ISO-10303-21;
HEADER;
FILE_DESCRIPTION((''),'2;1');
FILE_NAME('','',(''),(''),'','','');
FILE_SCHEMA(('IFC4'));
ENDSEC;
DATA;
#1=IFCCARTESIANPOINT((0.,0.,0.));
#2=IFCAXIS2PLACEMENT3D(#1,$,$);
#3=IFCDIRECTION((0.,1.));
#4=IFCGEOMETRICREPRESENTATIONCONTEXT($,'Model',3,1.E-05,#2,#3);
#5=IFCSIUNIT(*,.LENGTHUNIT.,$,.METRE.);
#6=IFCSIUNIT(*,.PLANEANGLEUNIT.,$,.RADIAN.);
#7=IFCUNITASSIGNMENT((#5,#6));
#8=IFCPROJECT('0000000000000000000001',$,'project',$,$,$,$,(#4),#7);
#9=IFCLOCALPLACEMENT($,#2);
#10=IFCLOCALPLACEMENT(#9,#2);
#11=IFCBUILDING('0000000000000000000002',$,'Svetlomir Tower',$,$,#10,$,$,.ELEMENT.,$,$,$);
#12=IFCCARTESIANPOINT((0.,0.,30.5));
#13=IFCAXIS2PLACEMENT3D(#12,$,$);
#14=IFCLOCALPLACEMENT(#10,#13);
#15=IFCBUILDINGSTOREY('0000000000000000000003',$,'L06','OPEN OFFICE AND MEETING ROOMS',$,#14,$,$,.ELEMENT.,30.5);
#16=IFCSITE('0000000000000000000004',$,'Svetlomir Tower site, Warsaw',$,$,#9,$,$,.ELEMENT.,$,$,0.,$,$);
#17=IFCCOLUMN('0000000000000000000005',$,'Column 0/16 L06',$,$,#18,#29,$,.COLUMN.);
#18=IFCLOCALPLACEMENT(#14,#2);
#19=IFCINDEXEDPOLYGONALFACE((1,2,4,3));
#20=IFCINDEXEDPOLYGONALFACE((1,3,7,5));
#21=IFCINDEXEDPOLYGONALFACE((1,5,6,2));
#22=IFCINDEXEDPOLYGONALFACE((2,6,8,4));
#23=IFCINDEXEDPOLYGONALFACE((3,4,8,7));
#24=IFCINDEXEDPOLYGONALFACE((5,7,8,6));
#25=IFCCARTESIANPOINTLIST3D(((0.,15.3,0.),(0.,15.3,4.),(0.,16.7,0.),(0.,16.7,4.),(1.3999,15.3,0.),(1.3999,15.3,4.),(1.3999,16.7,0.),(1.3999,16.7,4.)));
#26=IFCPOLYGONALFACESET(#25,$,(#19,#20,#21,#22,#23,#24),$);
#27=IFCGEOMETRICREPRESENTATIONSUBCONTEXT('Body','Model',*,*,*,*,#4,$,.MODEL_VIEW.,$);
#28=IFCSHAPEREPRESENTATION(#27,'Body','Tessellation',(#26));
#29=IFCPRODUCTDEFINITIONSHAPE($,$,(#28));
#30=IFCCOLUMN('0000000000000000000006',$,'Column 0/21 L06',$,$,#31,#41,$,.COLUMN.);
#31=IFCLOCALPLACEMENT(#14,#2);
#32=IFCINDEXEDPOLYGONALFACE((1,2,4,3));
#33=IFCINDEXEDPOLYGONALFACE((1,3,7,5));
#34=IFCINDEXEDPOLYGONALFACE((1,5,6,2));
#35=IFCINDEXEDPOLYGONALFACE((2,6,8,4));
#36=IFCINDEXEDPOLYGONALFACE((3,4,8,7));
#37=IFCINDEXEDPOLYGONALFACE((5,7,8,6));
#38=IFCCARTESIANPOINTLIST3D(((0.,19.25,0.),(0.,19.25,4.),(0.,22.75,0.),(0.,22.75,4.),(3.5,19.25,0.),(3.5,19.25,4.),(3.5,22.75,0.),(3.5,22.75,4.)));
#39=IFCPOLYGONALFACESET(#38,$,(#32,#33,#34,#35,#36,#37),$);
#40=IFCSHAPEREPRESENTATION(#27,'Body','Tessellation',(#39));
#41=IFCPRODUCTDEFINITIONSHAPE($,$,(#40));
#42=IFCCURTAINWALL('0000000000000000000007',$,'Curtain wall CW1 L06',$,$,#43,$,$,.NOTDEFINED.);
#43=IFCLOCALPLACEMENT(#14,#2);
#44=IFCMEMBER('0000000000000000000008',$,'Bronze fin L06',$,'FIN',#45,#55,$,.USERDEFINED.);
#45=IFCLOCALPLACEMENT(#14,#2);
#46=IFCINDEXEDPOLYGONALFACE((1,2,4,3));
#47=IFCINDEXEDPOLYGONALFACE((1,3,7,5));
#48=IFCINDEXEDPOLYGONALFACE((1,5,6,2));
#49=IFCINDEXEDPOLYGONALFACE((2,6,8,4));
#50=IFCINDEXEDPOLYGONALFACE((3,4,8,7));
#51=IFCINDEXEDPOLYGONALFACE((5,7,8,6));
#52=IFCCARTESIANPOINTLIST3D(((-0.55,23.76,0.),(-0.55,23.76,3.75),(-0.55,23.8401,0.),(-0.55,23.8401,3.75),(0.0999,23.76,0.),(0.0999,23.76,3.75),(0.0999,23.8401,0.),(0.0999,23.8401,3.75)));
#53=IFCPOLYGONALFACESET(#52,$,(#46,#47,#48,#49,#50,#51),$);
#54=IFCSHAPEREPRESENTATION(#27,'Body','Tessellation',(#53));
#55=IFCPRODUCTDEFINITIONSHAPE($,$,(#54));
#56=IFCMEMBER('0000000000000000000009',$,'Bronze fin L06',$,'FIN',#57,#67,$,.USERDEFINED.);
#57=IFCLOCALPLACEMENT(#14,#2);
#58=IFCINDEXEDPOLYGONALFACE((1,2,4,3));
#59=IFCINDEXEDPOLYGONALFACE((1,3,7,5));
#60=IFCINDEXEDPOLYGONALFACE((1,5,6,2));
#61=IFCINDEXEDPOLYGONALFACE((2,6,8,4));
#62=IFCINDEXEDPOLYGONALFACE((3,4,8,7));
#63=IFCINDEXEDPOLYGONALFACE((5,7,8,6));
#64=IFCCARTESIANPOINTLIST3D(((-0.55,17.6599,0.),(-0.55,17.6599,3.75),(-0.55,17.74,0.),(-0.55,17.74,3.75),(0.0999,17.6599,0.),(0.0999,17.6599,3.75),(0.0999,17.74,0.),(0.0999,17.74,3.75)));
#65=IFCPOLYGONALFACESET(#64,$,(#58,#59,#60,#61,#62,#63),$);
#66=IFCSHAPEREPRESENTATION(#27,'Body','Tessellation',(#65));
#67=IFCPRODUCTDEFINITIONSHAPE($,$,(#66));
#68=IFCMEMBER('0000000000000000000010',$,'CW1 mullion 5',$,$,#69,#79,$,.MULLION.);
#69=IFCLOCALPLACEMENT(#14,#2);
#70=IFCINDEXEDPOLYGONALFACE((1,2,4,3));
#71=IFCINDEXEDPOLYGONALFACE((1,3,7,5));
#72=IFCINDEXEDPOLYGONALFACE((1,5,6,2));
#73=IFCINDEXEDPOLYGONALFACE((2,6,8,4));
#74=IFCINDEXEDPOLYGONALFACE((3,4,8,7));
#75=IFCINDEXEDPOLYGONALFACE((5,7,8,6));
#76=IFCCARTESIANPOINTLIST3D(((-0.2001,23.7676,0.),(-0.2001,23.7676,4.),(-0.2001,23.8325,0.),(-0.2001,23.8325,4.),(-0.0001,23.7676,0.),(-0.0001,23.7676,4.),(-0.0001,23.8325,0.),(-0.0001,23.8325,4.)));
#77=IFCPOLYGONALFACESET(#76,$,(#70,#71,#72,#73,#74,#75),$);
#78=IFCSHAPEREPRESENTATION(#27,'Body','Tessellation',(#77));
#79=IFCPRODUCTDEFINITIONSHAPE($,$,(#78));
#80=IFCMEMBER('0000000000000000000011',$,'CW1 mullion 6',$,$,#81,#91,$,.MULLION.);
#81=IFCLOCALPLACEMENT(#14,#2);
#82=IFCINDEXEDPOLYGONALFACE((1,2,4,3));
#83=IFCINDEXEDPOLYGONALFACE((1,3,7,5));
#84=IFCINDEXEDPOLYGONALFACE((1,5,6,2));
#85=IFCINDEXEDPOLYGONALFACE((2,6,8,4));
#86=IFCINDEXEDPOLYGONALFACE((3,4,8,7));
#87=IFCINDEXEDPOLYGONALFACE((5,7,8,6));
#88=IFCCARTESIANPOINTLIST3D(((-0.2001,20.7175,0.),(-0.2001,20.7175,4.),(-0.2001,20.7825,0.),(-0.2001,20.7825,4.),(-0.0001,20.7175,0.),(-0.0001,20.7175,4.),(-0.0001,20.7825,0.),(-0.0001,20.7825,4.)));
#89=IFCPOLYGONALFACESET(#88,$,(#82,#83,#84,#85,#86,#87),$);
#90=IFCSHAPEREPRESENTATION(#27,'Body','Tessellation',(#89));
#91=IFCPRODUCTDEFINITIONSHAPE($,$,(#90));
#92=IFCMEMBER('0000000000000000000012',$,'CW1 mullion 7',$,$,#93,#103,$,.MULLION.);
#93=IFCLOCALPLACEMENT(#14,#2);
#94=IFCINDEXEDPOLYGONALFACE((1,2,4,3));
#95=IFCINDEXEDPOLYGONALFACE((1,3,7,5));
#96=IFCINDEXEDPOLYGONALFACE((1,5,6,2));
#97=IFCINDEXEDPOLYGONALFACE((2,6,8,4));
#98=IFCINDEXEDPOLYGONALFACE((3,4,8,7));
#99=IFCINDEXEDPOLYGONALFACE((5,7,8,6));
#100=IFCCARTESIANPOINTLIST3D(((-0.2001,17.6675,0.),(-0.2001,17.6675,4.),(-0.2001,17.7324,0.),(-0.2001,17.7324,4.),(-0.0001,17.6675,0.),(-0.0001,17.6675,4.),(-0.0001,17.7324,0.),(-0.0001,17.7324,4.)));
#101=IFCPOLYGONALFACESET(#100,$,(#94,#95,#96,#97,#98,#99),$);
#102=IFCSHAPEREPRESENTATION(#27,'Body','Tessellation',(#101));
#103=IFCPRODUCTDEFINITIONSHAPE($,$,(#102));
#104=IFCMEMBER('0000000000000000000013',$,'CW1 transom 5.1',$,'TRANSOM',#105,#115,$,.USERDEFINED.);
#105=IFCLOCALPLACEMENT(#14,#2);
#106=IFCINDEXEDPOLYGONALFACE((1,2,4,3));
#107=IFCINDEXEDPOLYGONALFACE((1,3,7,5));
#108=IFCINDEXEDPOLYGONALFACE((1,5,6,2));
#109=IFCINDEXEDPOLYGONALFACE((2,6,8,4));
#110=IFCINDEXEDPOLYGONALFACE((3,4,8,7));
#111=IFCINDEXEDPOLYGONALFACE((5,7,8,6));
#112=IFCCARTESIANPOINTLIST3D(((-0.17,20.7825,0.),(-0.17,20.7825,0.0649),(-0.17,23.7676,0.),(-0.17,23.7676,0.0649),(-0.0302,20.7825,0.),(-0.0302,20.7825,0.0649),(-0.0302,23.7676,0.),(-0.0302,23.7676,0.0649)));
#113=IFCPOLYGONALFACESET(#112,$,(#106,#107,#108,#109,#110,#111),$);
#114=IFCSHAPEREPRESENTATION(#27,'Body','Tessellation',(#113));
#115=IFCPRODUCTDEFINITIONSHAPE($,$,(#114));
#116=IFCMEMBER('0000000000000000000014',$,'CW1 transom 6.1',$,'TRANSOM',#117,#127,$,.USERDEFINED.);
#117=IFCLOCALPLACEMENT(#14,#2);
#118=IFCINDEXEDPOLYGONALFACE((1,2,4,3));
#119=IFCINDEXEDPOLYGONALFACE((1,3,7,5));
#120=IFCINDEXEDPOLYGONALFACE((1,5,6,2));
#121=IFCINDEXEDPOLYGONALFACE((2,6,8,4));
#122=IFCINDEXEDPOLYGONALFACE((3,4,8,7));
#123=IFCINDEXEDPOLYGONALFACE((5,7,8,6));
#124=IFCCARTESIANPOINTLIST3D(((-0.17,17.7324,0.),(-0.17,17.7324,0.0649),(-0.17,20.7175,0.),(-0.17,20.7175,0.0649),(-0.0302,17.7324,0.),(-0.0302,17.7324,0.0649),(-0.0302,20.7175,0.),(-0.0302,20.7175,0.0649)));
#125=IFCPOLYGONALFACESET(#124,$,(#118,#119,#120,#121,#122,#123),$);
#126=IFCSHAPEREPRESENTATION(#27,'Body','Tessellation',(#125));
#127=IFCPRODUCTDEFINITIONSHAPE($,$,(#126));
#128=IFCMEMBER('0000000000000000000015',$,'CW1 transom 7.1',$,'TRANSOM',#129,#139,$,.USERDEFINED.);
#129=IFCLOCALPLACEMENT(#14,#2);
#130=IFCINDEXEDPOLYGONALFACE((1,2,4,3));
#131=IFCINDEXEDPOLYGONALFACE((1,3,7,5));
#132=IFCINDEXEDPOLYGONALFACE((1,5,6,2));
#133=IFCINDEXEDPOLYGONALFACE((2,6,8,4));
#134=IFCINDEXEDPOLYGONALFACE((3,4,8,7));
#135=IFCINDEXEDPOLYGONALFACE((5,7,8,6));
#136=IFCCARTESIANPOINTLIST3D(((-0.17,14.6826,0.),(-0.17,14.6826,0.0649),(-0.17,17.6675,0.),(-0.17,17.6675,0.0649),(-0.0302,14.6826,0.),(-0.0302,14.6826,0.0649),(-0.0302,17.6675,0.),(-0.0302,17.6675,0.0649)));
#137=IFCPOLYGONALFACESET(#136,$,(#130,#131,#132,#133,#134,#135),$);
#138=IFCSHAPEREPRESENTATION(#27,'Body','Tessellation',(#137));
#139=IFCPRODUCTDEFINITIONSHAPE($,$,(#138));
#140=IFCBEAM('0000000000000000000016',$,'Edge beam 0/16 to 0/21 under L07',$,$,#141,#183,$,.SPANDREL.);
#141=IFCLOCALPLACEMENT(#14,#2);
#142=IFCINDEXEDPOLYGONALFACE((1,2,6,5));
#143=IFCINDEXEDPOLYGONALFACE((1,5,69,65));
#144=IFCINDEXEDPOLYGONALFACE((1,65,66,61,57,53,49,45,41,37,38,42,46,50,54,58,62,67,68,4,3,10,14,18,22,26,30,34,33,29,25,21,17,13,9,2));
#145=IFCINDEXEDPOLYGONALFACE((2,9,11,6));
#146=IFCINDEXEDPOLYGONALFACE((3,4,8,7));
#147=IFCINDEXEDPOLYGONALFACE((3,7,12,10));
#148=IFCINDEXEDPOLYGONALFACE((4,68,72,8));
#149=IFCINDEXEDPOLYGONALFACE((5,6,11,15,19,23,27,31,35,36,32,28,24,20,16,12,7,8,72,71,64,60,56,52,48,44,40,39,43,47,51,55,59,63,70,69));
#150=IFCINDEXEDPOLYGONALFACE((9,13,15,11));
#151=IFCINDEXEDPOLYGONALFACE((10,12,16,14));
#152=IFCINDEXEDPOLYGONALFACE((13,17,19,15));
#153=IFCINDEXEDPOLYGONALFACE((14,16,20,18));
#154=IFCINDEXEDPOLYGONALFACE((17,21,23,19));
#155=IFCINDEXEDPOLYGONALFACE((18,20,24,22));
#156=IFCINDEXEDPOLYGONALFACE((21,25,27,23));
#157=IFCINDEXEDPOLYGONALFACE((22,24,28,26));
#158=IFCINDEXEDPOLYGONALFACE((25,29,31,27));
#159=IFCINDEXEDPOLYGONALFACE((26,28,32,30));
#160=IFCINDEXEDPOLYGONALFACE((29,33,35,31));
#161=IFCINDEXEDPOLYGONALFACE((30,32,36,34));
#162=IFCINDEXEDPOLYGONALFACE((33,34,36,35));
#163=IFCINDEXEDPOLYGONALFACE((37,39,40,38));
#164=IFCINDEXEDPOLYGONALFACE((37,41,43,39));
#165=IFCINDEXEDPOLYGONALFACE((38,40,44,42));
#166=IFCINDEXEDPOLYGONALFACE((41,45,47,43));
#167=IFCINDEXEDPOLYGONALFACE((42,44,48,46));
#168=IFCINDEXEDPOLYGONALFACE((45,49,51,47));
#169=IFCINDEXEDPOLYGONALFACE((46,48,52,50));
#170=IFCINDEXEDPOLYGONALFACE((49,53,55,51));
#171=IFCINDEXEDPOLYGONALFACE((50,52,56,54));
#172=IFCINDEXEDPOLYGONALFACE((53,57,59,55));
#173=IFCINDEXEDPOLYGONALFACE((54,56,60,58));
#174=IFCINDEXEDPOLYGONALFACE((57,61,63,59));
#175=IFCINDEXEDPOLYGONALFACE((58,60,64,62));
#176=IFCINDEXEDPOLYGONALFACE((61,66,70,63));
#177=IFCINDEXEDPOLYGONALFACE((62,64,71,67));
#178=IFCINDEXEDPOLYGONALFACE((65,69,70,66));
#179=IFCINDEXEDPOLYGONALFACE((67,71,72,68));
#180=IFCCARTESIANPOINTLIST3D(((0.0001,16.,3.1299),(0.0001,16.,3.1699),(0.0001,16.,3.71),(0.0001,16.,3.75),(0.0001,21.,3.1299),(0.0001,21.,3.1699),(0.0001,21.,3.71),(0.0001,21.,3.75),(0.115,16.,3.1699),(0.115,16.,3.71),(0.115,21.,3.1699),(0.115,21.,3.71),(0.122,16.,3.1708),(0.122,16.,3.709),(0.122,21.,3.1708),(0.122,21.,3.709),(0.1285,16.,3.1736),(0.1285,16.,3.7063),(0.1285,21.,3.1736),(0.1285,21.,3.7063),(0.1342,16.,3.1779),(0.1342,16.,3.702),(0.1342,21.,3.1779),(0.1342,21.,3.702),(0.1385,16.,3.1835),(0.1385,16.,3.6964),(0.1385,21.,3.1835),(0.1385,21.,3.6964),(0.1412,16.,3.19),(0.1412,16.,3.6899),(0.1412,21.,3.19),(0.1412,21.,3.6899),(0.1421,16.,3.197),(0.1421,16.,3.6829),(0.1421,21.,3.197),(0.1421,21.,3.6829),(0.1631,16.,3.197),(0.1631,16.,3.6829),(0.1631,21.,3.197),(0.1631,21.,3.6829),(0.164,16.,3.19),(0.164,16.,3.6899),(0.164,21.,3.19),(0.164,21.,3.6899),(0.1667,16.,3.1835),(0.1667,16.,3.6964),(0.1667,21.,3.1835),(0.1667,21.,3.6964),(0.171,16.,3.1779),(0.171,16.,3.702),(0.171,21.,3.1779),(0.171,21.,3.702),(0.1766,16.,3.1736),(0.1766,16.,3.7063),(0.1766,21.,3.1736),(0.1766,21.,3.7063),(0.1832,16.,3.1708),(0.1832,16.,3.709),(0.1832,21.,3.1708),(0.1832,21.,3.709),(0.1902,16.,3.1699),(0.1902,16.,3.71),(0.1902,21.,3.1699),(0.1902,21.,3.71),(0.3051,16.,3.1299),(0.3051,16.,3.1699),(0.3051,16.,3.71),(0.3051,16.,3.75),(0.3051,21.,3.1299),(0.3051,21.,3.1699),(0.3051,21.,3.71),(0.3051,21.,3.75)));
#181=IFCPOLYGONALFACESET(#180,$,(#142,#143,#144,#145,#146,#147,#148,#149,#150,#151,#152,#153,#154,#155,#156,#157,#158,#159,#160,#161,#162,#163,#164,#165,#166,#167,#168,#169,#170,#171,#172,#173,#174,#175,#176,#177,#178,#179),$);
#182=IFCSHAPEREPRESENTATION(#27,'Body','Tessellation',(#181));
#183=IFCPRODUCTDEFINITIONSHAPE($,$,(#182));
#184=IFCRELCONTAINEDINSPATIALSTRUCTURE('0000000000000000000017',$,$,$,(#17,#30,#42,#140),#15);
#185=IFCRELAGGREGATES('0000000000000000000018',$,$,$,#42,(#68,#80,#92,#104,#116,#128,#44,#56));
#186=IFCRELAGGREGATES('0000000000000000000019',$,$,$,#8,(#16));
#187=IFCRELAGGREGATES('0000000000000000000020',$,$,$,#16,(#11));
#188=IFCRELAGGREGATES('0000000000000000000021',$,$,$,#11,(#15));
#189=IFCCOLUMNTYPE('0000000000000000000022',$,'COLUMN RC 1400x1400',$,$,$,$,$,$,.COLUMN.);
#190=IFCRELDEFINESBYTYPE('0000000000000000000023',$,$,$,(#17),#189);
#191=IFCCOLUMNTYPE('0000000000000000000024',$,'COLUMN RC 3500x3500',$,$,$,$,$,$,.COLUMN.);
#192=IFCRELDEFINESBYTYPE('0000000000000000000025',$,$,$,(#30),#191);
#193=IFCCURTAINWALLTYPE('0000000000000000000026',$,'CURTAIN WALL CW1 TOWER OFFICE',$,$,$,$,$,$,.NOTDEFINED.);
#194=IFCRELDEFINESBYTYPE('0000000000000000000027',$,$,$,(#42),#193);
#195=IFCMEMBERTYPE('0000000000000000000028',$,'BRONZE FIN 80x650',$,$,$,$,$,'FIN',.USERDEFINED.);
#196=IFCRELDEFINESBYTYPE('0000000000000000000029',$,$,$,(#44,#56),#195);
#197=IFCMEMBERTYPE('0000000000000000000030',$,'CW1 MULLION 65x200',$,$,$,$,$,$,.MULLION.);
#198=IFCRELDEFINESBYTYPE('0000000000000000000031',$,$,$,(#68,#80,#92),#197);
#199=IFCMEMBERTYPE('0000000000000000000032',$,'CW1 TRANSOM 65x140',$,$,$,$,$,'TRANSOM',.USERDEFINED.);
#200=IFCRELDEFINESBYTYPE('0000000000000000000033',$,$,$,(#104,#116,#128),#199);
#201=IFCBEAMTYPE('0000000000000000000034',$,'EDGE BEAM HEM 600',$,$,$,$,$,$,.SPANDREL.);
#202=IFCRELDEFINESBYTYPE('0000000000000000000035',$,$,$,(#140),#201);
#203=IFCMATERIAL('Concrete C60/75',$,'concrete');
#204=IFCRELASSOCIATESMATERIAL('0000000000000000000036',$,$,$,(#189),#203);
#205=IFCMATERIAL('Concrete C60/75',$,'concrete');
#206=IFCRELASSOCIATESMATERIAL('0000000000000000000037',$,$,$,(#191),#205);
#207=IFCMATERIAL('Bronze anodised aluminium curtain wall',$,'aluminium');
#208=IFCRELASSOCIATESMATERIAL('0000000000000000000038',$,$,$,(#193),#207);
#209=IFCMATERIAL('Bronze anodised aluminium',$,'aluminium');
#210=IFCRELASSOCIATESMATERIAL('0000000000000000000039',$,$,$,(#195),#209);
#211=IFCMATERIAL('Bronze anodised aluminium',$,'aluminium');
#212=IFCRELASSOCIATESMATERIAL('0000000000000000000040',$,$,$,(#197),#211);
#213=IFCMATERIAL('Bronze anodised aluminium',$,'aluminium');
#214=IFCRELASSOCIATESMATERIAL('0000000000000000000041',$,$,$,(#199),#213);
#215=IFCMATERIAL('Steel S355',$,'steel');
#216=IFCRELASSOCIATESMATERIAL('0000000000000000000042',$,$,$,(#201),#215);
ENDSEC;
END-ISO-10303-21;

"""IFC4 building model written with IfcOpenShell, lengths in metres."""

from ifc_helpers import new_model, si_unit, direction, frame, origin, origin_2d, place, context, subcontext, project, spatial, rectangle, i_section, extrude, material, material_profile, profile_set, type_object, element, aggregate, save


model = new_model("IFC4")

# Units and contexts
model_context = context("Model", 3, precision=1e-05, world=origin(), true_north=direction((0.0, 1.0)))
body_context = subcontext(model_context, "Body", "Model", "MODEL_VIEW")
ifc_project = project(units=[si_unit("LENGTHUNIT", "METRE"), si_unit("PLANEANGLEUNIT", "RADIAN")], contexts=[model_context])

# Site, building, storey
site_placement = place(None, origin())
site = spatial("IfcSite", under=ifc_project, at=site_placement, Name="Svetlomir Tower site, Warsaw", CompositionType="ELEMENT", RefElevation=0.0)
building_placement = place(site_placement, origin())
building = spatial("IfcBuilding", under=site, at=building_placement, Name="Svetlomir Tower", CompositionType="ELEMENT")
storey_placement = place(building_placement, frame((0.0, 0.0, 30.5)))
storey = spatial("IfcBuildingStorey", under=building, at=storey_placement, Name="L06", Description="OPEN OFFICE AND MEETING ROOMS", CompositionType="ELEMENT", Elevation=30.5)

# Columns
ifc_material_1 = material(Name="Concrete C60/75", Category="concrete")
ifc_material_profile_1 = material_profile(ifc_material_1, rectangle(XDim=1.3999, YDim=1.3999, at=origin_2d()), Name="RC 1400x1400")
ifc_profile_set_1 = profile_set([ifc_material_profile_1], Name="Concrete C60/75")
column_type_1 = type_object("IfcColumnType", Name="COLUMN RC 1400x1400", PredefinedType="COLUMN", material=ifc_profile_set_1)
column_1_placement = place(storey_placement, frame((0.7, 16.0, 0.0), z_axis=(0.0, 0.0, 1.0), x_axis=(1.0, 0.0, 0.0)))
element("IfcColumn", 1, at=column_1_placement, inside=storey, type_object=column_type_1, Name="Column 0/16 L06", PredefinedType="COLUMN", context=body_context, shape_type="SweptSolid", body=[
    extrude(rectangle(XDim=1.3999, YDim=1.3999, at=origin_2d()), origin(), (0.0, 0.0, 1.0), 4.0),
])
ifc_material_2 = material(Name="Concrete C60/75", Category="concrete")
ifc_material_profile_2 = material_profile(ifc_material_2, rectangle(XDim=3.5, YDim=3.5, at=origin_2d()), Name="RC 3500x3500")
ifc_profile_set_2 = profile_set([ifc_material_profile_2], Name="Concrete C60/75")
column_type_2 = type_object("IfcColumnType", Name="COLUMN RC 3500x3500", PredefinedType="COLUMN", material=ifc_profile_set_2)
column_2_placement = place(storey_placement, frame((1.75, 21.0, 0.0), z_axis=(0.0, 0.0, 1.0), x_axis=(1.0, 0.0, 0.0)))
element("IfcColumn", 2, at=column_2_placement, inside=storey, type_object=column_type_2, Name="Column 0/21 L06", PredefinedType="COLUMN", context=body_context, shape_type="SweptSolid", body=[
    extrude(rectangle(XDim=3.5, YDim=3.5, at=origin_2d()), origin(), (0.0, 0.0, 1.0), 4.0),
])

# Curtain wall, members
ifc_material_3 = material(Name="Bronze anodised aluminium curtain wall", Category="aluminium")
curtain_wall_type = type_object("IfcCurtainWallType", Name="CURTAIN WALL CW1 TOWER OFFICE", PredefinedType="NOTDEFINED", material=ifc_material_3)
curtain_wall_placement = place(storey_placement, origin())
curtain_wall = element("IfcCurtainWall", 3, at=curtain_wall_placement, inside=storey, type_object=curtain_wall_type, Name="Curtain wall CW1 L06", PredefinedType="NOTDEFINED")
ifc_material_4 = material(Name="Bronze anodised aluminium", Category="aluminium")
ifc_material_profile_3 = material_profile(ifc_material_4, rectangle(XDim=0.0801, YDim=0.6499, at=origin_2d()), Name="FIN 80x650")
ifc_profile_set_3 = profile_set([ifc_material_profile_3], Name="Bronze anodised aluminium 6063-T6")
member_type_1 = type_object("IfcMemberType", Name="BRONZE FIN 80x650", ElementType="FIN", PredefinedType="USERDEFINED", material=ifc_profile_set_3)
member_1_placement = place(storey_placement, frame((-0.2251, 23.8, 0.0), z_axis=(0.0, 0.0, 1.0), x_axis=(0.0, 1.0, 0.0)))
member_1 = element("IfcMember", 4, at=member_1_placement, type_object=member_type_1, Name="Bronze fin L06", ObjectType="FIN", PredefinedType="USERDEFINED", context=body_context, shape_type="SweptSolid", body=[
    extrude(rectangle(XDim=0.0801, YDim=0.6499, at=origin_2d()), origin(), (0.0, 0.0, 1.0), 3.75),
])
member_2_placement = place(storey_placement, frame((-0.2251, 17.7, 0.0), z_axis=(0.0, 0.0, 1.0), x_axis=(0.0, 1.0, 0.0)))
member_2 = element("IfcMember", 5, at=member_2_placement, type_object=member_type_1, Name="Bronze fin L06", ObjectType="FIN", PredefinedType="USERDEFINED", context=body_context, shape_type="SweptSolid", body=[
    extrude(rectangle(XDim=0.0801, YDim=0.6499, at=origin_2d()), origin(), (0.0, 0.0, 1.0), 3.75),
])
ifc_material_5 = material(Name="Bronze anodised aluminium", Category="aluminium")
ifc_material_profile_4 = material_profile(ifc_material_5, rectangle(XDim=0.0649, YDim=0.2, at=origin_2d()), Name="AL 65x200")
ifc_profile_set_4 = profile_set([ifc_material_profile_4], Name="Bronze anodised aluminium 6063-T6")
member_type_2 = type_object("IfcMemberType", Name="CW1 MULLION 65x200", PredefinedType="MULLION", material=ifc_profile_set_4)
member_3_placement = place(storey_placement, frame((-0.1001, 23.8, 0.0), z_axis=(0.0, 0.0, 1.0), x_axis=(0.0, -1.0, 0.0)))
member_3 = element("IfcMember", 6, at=member_3_placement, type_object=member_type_2, Name="CW1 mullion 5", PredefinedType="MULLION", context=body_context, shape_type="SweptSolid", body=[
    extrude(rectangle(XDim=0.0649, YDim=0.2, at=origin_2d()), origin(), (0.0, 0.0, 1.0), 4.0),
])
member_4_placement = place(storey_placement, frame((-0.1001, 20.75, 0.0), z_axis=(0.0, 0.0, 1.0), x_axis=(0.0, -1.0, 0.0)))
member_4 = element("IfcMember", 7, at=member_4_placement, type_object=member_type_2, Name="CW1 mullion 6", PredefinedType="MULLION", context=body_context, shape_type="SweptSolid", body=[
    extrude(rectangle(XDim=0.0649, YDim=0.2, at=origin_2d()), origin(), (0.0, 0.0, 1.0), 4.0),
])
member_5_placement = place(storey_placement, frame((-0.1001, 17.7, 0.0), z_axis=(0.0, 0.0, 1.0), x_axis=(0.0, -1.0, 0.0)))
member_5 = element("IfcMember", 8, at=member_5_placement, type_object=member_type_2, Name="CW1 mullion 7", PredefinedType="MULLION", context=body_context, shape_type="SweptSolid", body=[
    extrude(rectangle(XDim=0.0649, YDim=0.2, at=origin_2d()), origin(), (0.0, 0.0, 1.0), 4.0),
])
ifc_material_6 = material(Name="Bronze anodised aluminium", Category="aluminium")
ifc_material_profile_5 = material_profile(ifc_material_6, rectangle(XDim=0.1399, YDim=0.0649, at=origin_2d()), Name="AL 140x65")
ifc_profile_set_5 = profile_set([ifc_material_profile_5], Name="Bronze anodised aluminium 6063-T6")
member_type_3 = type_object("IfcMemberType", Name="CW1 TRANSOM 65x140", ElementType="TRANSOM", PredefinedType="USERDEFINED", material=ifc_profile_set_5)
member_6_placement = place(storey_placement, frame((-0.1001, 23.7676, 0.0325), z_axis=(0.0, -1.0, 0.0), x_axis=(1.0, 0.0, 0.0)))
member_6 = element("IfcMember", 9, at=member_6_placement, type_object=member_type_3, Name="CW1 transom 5.1", ObjectType="TRANSOM", PredefinedType="USERDEFINED", context=body_context, shape_type="SweptSolid", body=[
    extrude(rectangle(XDim=0.1399, YDim=0.0649, at=origin_2d()), origin(), (0.0, 0.0, 1.0), 2.9851),
])
member_7_placement = place(storey_placement, frame((-0.1001, 20.7175, 0.0325), z_axis=(0.0, -1.0, 0.0), x_axis=(1.0, 0.0, 0.0)))
member_7 = element("IfcMember", 10, at=member_7_placement, type_object=member_type_3, Name="CW1 transom 6.1", ObjectType="TRANSOM", PredefinedType="USERDEFINED", context=body_context, shape_type="SweptSolid", body=[
    extrude(rectangle(XDim=0.1399, YDim=0.0649, at=origin_2d()), origin(), (0.0, 0.0, 1.0), 2.9851),
])
member_8_placement = place(storey_placement, frame((-0.1001, 17.6675, 0.0325), z_axis=(0.0, -1.0, 0.0), x_axis=(1.0, 0.0, 0.0)))
member_8 = element("IfcMember", 11, at=member_8_placement, type_object=member_type_3, Name="CW1 transom 7.1", ObjectType="TRANSOM", PredefinedType="USERDEFINED", context=body_context, shape_type="SweptSolid", body=[
    extrude(rectangle(XDim=0.1399, YDim=0.0649, at=origin_2d()), origin(), (0.0, 0.0, 1.0), 2.9849),
])

# Beam
ifc_material_7 = material(Name="Steel S355", Category="steel")
ifc_material_profile_6 = material_profile(ifc_material_7, i_section(OverallWidth=0.3049, OverallDepth=0.6201, WebThickness=0.021, FlangeThickness=0.04, FilletRadius=0.0271, at=origin_2d()), Name="HEM 600")
ifc_profile_set_6 = profile_set([ifc_material_profile_6], Name="Steel S355")
beam_type = type_object("IfcBeamType", Name="EDGE BEAM HEM 600", PredefinedType="SPANDREL", material=ifc_profile_set_6)
for number, where, z_axis, x_axis, name in (
    (12, (0.1526, 16.0, 3.4399), (0.0, 1.0, 0.0), (-1.0, 0.0, 0.0), "Edge beam 0/16 to 0/21 under L07"),
):
    element("IfcBeam", number, at=place(storey_placement, frame(where, z_axis=z_axis, x_axis=x_axis)), inside=storey, type_object=beam_type, Name=name, PredefinedType="SPANDREL", context=body_context, shape_type="SweptSolid", body=[
        extrude(i_section(OverallWidth=0.3049, OverallDepth=0.6201, WebThickness=0.021, FlangeThickness=0.04, FilletRadius=0.0271, at=origin_2d()), origin(), (0.0, 0.0, 1.0), 5.0),
    ])

aggregate(curtain_wall, [member_3, member_4, member_5, member_6, member_7, member_8, member_1, member_2])

save(model, "model.ifc")
